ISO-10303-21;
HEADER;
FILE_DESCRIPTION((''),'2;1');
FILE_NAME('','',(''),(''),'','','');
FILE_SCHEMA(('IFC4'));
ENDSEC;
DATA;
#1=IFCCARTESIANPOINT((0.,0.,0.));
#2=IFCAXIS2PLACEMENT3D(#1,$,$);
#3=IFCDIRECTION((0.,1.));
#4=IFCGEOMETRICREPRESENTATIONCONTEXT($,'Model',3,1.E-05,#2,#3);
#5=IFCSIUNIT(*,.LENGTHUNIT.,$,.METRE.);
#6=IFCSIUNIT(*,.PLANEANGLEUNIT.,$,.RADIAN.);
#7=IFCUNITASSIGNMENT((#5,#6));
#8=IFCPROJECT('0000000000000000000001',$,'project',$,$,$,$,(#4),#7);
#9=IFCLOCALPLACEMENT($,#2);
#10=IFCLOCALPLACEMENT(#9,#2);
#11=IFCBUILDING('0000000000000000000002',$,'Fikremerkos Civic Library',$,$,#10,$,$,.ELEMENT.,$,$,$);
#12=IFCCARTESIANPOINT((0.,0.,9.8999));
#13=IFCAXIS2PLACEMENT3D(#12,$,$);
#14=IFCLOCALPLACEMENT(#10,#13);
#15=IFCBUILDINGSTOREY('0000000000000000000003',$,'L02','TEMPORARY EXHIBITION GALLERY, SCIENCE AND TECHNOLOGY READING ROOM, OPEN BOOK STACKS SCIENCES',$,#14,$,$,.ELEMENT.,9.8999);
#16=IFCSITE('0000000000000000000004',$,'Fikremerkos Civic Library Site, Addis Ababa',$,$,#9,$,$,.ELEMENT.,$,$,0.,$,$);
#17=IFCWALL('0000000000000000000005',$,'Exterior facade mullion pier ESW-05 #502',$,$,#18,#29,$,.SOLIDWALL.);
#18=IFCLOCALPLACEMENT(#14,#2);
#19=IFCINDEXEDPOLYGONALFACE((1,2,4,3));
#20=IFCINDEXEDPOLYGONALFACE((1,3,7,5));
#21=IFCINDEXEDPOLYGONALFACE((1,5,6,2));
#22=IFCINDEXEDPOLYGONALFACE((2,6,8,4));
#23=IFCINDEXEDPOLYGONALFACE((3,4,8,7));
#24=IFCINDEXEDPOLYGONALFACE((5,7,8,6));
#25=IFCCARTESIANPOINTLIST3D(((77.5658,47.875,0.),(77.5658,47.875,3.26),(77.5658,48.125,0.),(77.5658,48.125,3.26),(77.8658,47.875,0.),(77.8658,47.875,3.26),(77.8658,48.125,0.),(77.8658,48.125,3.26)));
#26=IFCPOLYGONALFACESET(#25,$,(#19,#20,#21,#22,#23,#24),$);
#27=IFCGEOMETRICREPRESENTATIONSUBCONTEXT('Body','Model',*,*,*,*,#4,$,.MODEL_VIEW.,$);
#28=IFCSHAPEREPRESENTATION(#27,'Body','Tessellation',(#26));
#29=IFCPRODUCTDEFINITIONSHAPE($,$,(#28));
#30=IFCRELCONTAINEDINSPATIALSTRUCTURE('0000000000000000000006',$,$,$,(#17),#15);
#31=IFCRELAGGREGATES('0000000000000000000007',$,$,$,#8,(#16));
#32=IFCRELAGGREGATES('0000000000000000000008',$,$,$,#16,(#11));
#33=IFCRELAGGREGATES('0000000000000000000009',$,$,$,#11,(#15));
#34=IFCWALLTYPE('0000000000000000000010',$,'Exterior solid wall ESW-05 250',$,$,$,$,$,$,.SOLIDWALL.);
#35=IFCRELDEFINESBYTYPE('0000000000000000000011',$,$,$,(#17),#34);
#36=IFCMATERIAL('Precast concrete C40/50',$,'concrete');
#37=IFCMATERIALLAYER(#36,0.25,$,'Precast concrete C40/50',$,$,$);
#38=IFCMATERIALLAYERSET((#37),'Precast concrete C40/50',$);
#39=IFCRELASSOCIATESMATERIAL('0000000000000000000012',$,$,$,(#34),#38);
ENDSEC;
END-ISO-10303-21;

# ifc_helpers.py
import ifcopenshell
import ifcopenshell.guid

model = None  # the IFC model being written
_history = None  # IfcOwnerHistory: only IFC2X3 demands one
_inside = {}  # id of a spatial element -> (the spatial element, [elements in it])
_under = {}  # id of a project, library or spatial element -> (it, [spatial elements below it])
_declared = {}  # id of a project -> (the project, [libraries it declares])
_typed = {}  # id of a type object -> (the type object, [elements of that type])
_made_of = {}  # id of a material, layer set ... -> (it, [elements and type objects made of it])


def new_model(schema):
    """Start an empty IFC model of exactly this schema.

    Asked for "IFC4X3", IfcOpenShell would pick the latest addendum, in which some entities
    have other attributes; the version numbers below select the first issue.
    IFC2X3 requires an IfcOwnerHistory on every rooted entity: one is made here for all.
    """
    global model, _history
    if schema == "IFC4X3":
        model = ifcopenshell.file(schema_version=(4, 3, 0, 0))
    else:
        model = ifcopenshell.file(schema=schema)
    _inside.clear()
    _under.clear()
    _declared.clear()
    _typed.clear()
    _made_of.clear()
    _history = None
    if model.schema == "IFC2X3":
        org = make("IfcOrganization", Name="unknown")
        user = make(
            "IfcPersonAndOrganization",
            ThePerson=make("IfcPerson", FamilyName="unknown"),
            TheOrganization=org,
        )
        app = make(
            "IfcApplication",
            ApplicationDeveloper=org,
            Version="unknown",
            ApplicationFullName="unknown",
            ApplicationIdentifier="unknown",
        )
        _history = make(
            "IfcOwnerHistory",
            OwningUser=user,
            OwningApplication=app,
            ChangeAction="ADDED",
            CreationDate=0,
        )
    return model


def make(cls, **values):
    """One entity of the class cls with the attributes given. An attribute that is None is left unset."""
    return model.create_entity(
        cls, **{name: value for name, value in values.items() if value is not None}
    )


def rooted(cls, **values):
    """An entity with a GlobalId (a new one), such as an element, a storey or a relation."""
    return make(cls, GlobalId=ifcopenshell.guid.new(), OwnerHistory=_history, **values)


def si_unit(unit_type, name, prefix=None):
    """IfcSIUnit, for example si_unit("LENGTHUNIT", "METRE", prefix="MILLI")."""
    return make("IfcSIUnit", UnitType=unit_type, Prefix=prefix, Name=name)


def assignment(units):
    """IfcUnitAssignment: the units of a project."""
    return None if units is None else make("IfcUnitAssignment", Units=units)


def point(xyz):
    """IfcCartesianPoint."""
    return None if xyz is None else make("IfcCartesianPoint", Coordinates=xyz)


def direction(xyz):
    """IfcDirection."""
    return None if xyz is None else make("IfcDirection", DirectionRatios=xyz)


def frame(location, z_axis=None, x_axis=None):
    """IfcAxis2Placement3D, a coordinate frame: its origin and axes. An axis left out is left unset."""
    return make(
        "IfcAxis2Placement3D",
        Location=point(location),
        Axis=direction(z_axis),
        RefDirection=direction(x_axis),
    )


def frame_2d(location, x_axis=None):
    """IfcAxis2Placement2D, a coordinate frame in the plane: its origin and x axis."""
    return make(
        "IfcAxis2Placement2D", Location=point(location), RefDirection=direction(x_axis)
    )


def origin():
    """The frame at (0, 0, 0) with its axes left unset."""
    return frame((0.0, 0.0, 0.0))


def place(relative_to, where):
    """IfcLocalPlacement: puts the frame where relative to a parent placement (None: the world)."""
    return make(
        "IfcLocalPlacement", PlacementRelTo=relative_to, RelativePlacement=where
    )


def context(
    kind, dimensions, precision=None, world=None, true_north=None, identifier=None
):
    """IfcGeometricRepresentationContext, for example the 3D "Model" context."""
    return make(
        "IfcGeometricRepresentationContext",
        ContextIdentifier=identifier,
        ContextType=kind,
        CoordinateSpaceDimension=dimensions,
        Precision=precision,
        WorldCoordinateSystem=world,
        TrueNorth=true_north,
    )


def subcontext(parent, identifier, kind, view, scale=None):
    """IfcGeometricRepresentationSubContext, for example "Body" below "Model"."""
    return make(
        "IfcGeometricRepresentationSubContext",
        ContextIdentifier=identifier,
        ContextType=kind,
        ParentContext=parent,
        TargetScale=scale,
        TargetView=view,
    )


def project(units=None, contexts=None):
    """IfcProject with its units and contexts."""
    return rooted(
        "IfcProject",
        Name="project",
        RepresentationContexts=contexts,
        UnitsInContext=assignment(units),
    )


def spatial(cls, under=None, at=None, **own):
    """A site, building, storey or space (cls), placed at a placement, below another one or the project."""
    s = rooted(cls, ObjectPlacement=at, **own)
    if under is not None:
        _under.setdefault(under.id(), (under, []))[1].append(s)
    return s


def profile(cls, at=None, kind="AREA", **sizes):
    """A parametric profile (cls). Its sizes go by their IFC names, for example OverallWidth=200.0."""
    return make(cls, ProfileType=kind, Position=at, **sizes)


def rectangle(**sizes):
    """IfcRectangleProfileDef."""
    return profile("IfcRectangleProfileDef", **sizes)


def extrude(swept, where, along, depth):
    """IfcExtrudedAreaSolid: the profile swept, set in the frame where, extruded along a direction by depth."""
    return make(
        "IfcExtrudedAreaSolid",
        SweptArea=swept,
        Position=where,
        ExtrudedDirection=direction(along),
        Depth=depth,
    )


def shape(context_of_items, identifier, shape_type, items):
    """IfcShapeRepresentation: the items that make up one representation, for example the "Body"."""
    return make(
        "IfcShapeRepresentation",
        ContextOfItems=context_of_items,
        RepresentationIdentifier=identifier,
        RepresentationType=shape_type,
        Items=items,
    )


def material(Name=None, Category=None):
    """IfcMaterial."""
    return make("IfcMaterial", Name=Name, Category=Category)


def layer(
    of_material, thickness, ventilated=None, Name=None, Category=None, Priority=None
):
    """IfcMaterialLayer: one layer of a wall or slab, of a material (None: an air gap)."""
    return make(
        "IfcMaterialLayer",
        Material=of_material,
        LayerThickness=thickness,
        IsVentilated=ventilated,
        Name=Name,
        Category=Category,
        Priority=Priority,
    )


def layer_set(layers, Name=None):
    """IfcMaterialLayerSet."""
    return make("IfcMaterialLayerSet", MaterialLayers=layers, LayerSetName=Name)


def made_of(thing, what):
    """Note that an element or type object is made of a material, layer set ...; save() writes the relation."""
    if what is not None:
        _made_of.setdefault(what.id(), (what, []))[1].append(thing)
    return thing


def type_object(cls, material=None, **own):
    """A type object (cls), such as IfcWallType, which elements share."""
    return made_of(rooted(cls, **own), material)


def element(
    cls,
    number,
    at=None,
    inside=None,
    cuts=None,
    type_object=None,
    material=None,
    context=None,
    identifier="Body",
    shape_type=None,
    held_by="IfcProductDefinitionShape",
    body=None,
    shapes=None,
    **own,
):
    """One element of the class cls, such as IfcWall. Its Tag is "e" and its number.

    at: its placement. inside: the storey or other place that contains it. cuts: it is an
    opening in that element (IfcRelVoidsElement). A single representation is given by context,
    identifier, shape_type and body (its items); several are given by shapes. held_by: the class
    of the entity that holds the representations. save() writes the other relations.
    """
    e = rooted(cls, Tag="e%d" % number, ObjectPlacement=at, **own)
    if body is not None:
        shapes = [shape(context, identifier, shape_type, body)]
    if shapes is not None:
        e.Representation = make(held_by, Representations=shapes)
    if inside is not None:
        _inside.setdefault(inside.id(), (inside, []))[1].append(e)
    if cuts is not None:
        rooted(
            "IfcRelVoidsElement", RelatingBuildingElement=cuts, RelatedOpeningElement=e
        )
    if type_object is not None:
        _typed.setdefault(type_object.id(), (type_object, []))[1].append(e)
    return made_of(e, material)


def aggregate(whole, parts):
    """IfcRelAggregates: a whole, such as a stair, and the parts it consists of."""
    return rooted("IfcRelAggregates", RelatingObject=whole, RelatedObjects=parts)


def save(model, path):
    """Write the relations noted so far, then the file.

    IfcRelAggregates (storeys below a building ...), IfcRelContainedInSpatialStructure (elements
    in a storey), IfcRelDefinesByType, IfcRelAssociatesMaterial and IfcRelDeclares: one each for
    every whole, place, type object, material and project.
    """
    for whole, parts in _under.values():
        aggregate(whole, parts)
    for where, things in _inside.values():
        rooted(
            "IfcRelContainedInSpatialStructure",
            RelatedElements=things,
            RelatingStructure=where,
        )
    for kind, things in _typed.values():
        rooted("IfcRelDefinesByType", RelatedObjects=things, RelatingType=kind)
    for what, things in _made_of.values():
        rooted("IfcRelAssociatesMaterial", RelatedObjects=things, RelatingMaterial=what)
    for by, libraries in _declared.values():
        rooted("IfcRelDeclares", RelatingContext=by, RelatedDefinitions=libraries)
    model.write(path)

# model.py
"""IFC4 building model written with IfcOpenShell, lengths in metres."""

from ifc_helpers import new_model, si_unit, direction, frame, frame_2d, origin, place, context, subcontext, project, spatial, rectangle, extrude, material, layer, layer_set, type_object, element, save


model = new_model("IFC4")

# Units and contexts
model_context = context("Model", 3, precision=1e-05, world=origin(), true_north=direction((0.0, 1.0)))
body_context = subcontext(model_context, "Body", "Model", "MODEL_VIEW")
ifc_project = project(units=[si_unit("LENGTHUNIT", "METRE"), si_unit("PLANEANGLEUNIT", "RADIAN")], contexts=[model_context])

# Site, building, storey
site_placement = place(None, origin())
site = spatial("IfcSite", under=ifc_project, at=site_placement, Name="Fikremerkos Civic Library Site, Addis Ababa", CompositionType="ELEMENT", RefElevation=0.0)
building_placement = place(site_placement, origin())
building = spatial("IfcBuilding", under=site, at=building_placement, Name="Fikremerkos Civic Library", CompositionType="ELEMENT")
storey_placement = place(building_placement, frame((0.0, 0.0, 9.8999)))
storey = spatial("IfcBuildingStorey", under=building, at=storey_placement, Name="L02", Description="TEMPORARY EXHIBITION GALLERY, SCIENCE AND TECHNOLOGY READING ROOM, OPEN BOOK STACKS SCIENCES", CompositionType="ELEMENT", Elevation=9.8999)

# Wall
ifc_material_1 = material(Name="Precast concrete C40/50", Category="concrete")
ifc_layer_1 = layer(ifc_material_1, 0.25, Name="Precast concrete C40/50")
ifc_layer_set_1 = layer_set([ifc_layer_1], Name="Precast concrete C40/50")
wall_type = type_object("IfcWallType", Name="Exterior solid wall ESW-05 250", PredefinedType="SOLIDWALL", material=ifc_layer_set_1)
wall_placement = place(storey_placement, frame((77.5659, 48.0, 0.0), z_axis=(0.0, 0.0, 1.0), x_axis=(1.0, 0.0, 0.0)))
element("IfcWall", 1, at=wall_placement, inside=storey, type_object=wall_type, Name="Exterior facade mullion pier ESW-05 #502", PredefinedType="SOLIDWALL", context=body_context, shape_type="SweptSolid", body=[
    extrude(rectangle(XDim=0.3, YDim=0.25, at=frame_2d((0.1499, 0.0))), origin(), (0.0, 0.0, 1.0), 3.26),
])

save(model, "model.ifc")
